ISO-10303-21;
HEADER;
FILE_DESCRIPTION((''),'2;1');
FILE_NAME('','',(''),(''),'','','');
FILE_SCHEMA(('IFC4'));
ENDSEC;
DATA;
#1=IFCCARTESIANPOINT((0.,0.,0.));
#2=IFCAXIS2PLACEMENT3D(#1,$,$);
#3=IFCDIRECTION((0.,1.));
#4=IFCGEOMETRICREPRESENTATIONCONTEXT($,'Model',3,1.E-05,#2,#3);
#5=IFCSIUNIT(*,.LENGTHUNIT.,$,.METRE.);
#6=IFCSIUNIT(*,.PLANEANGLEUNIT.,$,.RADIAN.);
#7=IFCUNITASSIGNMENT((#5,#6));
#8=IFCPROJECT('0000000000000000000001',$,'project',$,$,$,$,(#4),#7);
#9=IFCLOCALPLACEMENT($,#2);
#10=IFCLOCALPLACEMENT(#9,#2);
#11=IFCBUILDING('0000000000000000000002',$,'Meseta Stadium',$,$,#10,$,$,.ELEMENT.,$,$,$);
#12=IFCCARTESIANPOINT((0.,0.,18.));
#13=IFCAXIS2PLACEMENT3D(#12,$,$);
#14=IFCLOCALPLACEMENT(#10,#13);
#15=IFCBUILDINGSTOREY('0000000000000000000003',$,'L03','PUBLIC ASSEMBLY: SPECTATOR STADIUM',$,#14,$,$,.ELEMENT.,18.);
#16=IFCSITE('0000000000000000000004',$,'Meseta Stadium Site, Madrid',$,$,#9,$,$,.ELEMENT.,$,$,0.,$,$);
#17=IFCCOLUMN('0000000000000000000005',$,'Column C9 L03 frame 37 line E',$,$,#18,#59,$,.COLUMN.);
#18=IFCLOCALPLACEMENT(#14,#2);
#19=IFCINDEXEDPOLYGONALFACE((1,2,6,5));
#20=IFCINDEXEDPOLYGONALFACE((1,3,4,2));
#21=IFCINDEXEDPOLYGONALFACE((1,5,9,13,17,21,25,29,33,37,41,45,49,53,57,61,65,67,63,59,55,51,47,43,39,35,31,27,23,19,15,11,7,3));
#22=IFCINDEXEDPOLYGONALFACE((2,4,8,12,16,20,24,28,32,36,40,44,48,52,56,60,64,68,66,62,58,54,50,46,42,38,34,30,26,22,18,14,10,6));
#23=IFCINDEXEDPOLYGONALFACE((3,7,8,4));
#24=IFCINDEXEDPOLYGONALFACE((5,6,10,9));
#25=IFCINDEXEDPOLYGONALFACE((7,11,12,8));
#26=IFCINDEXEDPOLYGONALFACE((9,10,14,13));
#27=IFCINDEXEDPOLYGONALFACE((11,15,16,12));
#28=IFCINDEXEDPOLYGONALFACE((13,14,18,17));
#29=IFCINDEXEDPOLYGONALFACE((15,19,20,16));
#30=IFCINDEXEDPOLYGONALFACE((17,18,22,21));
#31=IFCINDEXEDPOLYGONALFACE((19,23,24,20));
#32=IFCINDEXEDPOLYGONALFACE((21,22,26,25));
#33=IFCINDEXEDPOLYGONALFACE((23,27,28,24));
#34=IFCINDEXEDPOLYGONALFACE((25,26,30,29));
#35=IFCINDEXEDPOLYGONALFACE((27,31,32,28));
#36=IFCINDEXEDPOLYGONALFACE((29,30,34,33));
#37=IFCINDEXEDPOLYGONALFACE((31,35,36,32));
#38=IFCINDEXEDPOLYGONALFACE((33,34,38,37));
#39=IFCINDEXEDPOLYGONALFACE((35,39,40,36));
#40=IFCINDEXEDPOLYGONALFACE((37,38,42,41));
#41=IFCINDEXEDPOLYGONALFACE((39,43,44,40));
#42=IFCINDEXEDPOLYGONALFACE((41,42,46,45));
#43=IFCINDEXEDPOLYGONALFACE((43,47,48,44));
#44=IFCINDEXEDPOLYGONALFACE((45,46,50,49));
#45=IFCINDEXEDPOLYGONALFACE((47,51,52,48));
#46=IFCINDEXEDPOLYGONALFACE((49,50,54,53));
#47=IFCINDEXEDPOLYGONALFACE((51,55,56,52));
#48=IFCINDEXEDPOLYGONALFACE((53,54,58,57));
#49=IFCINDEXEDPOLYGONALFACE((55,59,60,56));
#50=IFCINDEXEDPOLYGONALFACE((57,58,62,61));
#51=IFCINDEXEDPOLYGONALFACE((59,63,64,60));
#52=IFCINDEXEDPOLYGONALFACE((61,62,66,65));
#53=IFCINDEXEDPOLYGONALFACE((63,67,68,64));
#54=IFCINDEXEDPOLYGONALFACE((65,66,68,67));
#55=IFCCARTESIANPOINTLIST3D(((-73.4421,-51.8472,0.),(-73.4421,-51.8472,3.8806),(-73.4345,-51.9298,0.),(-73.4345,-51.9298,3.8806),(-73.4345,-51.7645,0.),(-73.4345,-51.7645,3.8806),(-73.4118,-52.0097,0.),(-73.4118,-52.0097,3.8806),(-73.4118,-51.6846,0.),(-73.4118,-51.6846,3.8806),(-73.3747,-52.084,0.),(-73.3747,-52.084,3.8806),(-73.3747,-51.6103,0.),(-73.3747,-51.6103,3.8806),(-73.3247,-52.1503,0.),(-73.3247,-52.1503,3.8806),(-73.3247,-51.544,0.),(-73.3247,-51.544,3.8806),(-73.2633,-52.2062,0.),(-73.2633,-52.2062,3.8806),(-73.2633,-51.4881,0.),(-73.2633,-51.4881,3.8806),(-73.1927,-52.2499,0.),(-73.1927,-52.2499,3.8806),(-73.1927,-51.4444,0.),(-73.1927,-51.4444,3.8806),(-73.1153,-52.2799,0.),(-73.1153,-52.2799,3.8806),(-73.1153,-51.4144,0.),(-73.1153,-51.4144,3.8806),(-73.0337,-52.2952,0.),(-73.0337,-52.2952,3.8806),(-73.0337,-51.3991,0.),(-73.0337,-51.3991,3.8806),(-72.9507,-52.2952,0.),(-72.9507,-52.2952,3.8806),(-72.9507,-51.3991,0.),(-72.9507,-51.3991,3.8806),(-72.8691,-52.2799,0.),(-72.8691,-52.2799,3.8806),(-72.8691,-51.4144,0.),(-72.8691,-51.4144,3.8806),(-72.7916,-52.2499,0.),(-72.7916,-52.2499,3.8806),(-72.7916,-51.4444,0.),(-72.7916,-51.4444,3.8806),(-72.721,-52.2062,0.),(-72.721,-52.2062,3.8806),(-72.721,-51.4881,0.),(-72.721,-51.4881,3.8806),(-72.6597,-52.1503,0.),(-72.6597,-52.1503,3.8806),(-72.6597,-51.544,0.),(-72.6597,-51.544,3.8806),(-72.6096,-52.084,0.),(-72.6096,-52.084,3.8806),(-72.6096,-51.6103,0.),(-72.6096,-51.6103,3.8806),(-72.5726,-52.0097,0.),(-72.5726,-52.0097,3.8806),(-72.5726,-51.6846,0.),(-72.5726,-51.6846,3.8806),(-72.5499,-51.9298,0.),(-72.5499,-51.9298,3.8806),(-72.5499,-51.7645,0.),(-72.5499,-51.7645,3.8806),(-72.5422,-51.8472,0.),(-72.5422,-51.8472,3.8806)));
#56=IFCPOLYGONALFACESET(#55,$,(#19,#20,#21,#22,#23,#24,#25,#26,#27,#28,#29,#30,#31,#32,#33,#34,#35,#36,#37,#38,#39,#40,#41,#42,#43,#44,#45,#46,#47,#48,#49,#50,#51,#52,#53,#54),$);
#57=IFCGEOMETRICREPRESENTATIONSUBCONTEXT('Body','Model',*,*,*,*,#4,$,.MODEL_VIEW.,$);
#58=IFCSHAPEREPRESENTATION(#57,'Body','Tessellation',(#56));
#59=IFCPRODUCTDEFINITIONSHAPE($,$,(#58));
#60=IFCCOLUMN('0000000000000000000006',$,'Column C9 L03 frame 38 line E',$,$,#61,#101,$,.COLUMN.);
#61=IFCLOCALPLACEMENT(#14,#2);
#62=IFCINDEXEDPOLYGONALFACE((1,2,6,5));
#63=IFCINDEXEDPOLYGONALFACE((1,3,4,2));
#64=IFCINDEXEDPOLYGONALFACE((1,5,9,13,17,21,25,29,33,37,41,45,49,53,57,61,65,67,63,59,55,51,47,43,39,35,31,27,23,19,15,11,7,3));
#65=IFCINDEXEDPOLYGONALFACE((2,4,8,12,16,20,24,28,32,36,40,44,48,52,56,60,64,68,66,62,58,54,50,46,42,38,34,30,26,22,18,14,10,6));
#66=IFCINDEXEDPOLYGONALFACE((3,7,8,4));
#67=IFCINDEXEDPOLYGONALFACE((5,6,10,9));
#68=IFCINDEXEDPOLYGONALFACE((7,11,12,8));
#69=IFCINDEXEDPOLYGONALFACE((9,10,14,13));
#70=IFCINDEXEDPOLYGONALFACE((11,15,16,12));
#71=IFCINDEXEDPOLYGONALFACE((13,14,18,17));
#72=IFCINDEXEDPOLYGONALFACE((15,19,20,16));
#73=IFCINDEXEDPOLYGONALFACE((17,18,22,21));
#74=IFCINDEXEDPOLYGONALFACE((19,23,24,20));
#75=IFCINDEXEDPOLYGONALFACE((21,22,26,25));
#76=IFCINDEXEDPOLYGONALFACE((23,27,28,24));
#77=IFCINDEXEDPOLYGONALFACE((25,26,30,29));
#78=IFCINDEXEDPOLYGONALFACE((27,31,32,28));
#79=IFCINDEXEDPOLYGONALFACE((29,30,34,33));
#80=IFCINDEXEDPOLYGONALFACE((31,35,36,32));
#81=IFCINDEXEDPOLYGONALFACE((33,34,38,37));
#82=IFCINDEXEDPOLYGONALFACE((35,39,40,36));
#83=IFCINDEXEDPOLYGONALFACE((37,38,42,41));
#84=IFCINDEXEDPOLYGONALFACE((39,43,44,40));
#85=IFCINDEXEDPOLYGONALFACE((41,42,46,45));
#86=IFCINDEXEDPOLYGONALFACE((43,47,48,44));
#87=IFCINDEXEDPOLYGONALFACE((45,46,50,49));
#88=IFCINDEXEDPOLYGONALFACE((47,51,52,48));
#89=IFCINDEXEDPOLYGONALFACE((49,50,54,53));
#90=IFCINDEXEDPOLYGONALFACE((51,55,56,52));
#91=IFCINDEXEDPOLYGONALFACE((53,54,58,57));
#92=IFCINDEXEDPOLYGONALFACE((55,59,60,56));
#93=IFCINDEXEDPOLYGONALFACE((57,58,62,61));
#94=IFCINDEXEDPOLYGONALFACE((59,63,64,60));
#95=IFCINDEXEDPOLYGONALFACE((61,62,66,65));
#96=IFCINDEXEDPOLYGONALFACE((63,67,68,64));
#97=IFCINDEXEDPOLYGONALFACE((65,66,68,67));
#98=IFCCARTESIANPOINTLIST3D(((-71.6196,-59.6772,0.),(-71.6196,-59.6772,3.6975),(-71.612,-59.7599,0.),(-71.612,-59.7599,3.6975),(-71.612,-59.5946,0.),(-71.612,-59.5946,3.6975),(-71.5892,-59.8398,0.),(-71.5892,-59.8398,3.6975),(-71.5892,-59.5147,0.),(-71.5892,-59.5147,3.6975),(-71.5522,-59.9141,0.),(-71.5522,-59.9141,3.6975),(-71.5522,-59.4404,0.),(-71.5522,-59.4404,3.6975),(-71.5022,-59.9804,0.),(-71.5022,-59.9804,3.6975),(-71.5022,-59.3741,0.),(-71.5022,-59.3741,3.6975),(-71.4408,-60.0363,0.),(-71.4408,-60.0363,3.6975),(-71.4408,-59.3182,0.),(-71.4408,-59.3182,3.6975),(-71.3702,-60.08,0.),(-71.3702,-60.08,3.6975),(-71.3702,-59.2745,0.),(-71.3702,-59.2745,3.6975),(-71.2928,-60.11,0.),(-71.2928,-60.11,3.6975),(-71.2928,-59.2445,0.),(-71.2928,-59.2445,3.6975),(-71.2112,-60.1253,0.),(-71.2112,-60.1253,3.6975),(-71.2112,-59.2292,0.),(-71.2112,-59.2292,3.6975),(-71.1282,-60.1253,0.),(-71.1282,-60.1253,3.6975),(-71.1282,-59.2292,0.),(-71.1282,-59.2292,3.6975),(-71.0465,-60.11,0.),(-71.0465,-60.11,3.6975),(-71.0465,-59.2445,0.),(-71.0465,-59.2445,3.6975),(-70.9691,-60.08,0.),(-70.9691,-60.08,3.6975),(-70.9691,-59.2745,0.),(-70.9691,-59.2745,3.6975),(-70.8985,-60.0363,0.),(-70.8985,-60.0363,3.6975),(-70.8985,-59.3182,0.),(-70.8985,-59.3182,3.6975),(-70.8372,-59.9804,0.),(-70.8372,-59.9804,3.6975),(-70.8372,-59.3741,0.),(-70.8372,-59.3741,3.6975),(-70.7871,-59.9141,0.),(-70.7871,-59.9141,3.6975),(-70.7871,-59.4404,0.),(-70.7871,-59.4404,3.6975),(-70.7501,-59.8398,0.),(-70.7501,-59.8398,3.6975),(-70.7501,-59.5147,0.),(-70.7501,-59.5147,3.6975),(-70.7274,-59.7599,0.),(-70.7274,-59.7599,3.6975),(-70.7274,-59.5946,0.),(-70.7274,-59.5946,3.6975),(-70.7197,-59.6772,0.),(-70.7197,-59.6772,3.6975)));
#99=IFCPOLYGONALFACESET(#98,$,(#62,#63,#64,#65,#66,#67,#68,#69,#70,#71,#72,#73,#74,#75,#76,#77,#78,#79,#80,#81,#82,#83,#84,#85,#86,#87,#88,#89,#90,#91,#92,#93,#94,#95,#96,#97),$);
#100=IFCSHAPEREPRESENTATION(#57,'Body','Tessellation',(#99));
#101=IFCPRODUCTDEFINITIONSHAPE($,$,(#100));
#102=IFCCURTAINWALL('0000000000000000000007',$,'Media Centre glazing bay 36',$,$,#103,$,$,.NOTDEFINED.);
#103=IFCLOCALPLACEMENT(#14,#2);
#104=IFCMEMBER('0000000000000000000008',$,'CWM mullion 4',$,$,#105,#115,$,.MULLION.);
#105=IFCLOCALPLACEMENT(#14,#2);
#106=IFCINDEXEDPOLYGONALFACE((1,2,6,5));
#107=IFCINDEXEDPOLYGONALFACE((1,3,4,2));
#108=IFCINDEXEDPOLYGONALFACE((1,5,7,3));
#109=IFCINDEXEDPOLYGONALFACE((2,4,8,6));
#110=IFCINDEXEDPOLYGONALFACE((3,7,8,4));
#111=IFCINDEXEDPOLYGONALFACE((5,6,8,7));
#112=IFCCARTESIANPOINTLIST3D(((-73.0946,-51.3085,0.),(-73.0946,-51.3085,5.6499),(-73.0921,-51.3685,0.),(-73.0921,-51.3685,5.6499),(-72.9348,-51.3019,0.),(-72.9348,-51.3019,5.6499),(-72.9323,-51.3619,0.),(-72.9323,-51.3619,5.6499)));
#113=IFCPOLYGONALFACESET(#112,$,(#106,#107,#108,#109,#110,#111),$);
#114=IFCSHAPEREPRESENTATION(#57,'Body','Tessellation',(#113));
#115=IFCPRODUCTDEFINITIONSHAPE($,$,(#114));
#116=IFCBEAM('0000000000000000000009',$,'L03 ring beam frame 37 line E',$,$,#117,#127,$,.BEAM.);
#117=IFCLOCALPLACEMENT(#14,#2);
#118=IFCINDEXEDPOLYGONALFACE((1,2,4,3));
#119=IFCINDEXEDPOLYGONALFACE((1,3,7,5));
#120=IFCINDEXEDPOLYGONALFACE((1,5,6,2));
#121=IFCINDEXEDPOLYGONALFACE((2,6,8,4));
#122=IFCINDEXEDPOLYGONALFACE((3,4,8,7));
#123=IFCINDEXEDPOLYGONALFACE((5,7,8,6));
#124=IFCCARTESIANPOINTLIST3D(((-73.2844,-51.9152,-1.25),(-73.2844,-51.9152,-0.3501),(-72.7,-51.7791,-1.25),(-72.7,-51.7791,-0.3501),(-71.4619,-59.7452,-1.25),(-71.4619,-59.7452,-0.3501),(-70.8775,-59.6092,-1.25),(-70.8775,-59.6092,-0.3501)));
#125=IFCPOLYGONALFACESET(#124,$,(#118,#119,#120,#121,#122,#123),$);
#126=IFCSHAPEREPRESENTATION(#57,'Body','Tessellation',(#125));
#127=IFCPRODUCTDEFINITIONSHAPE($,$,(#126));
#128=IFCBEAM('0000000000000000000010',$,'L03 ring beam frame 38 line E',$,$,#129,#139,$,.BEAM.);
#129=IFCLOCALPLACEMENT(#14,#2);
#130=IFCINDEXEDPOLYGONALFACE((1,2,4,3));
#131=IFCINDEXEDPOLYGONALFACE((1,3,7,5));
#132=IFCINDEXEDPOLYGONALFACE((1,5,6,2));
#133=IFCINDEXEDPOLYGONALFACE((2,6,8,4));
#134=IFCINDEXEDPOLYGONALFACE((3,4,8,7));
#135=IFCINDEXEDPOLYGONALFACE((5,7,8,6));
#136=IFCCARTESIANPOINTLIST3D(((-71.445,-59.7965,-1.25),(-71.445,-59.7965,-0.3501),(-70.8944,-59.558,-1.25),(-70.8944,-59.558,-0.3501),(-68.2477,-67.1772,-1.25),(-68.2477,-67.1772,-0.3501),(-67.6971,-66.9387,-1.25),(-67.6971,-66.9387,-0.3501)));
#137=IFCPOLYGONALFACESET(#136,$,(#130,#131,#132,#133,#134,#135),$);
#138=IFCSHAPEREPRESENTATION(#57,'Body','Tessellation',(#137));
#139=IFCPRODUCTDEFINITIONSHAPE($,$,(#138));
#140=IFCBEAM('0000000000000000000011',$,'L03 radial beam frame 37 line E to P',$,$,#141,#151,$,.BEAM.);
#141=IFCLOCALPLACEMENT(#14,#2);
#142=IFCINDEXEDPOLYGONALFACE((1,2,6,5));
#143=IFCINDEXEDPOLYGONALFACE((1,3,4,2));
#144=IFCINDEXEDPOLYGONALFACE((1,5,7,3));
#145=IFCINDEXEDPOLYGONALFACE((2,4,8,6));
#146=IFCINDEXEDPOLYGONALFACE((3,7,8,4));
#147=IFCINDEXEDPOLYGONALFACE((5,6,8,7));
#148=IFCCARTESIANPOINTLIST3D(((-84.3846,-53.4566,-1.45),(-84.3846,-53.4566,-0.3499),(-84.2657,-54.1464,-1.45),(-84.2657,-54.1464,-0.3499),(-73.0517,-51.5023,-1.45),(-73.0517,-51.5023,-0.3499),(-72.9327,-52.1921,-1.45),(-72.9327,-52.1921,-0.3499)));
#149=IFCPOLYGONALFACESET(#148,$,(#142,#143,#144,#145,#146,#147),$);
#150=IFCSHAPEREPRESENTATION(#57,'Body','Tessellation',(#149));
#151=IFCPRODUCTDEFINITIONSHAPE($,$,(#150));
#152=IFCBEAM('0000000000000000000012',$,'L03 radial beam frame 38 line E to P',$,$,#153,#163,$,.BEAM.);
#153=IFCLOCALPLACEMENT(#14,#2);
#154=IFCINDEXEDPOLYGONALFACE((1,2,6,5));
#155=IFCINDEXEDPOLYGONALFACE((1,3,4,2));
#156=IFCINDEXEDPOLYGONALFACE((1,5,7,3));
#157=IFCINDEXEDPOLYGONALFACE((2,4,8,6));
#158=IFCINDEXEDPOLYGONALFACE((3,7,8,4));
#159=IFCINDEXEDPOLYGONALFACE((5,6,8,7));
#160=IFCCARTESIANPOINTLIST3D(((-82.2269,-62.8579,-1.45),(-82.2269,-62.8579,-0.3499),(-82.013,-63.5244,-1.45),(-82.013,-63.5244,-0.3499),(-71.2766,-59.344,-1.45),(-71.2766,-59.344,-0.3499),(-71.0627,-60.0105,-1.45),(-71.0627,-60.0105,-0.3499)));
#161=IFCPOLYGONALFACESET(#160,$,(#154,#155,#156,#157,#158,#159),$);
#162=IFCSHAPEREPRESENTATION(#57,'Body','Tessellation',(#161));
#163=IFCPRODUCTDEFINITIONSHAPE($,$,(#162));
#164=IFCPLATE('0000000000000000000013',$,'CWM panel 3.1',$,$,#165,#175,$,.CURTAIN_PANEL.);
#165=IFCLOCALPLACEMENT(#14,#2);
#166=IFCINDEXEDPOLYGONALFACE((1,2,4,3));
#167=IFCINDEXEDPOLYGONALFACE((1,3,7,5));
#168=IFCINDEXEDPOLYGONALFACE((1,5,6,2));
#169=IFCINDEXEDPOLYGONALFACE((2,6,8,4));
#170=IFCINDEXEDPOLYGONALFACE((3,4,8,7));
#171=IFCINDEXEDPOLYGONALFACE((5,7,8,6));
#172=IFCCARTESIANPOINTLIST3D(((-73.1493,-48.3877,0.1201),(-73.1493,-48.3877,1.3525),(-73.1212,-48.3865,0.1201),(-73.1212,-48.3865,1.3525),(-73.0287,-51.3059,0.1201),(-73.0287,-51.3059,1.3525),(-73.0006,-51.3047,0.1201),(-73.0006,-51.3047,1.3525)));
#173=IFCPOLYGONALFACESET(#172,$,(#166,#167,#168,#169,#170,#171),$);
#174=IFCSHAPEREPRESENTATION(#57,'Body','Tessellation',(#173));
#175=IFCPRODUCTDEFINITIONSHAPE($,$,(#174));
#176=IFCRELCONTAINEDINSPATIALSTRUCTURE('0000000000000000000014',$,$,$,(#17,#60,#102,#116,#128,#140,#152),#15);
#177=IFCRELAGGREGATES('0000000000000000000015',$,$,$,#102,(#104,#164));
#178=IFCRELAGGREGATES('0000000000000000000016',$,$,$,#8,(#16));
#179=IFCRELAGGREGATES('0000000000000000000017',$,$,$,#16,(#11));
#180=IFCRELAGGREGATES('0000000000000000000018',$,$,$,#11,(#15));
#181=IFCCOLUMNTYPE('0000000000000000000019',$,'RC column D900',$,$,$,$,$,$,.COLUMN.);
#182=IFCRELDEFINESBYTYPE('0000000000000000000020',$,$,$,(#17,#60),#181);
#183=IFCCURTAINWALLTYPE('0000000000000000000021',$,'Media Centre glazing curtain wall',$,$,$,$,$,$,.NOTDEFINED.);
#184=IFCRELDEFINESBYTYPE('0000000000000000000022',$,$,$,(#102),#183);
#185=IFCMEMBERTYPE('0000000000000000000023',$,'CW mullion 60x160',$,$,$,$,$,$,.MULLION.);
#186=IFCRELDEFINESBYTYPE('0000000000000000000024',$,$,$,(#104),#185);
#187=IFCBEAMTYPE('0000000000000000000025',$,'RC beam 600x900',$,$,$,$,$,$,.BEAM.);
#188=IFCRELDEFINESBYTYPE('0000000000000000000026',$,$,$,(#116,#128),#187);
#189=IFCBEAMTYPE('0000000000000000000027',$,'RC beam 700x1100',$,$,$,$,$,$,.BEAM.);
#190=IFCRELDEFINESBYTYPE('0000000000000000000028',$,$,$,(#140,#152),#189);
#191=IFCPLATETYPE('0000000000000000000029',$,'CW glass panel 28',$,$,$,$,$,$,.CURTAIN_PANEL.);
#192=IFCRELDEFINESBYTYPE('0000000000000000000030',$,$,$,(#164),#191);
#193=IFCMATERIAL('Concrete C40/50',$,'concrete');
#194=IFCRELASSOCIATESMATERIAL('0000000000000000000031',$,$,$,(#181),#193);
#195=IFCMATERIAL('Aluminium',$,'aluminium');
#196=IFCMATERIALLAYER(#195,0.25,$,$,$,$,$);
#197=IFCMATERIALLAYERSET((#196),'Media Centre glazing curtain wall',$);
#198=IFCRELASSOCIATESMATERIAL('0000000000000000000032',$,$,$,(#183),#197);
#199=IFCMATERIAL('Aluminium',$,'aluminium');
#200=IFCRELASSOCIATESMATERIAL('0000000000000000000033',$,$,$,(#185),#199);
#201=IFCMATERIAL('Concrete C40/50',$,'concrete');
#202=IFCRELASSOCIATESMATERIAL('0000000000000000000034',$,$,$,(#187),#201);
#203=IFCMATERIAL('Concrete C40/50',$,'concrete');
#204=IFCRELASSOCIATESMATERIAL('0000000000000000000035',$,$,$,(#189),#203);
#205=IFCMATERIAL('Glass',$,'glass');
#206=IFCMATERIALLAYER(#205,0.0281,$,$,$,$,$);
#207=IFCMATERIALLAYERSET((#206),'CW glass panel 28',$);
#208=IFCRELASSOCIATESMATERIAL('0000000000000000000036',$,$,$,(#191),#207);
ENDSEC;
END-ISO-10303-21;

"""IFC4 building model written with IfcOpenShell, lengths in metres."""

from ifc_helpers import new_model, si_unit, direction, frame, origin, origin_2d, place, context, subcontext, project, spatial, rectangle, circle, extrude, material, layer, layer_set, material_profile, profile_set, type_object, element, aggregate, save


model = new_model("IFC4")

# Units and contexts
model_context = context("Model", 3, precision=1e-05, world=origin(), true_north=direction((0.0, 1.0)))
body_context = subcontext(model_context, "Body", "Model", "MODEL_VIEW")
ifc_project = project(units=[si_unit("LENGTHUNIT", "METRE"), si_unit("PLANEANGLEUNIT", "RADIAN")], contexts=[model_context])

# Site, building, storey
site_placement = place(None, origin())
site = spatial("IfcSite", under=ifc_project, at=site_placement, Name="Meseta Stadium Site, Madrid", CompositionType="ELEMENT", RefElevation=0.0)
building_placement = place(site_placement, origin())
building = spatial("IfcBuilding", under=site, at=building_placement, Name="Meseta Stadium", CompositionType="ELEMENT")
storey_placement = place(building_placement, frame((0.0, 0.0, 18.0)))
storey = spatial("IfcBuildingStorey", under=building, at=storey_placement, Name="L03", Description="PUBLIC ASSEMBLY: SPECTATOR STADIUM", CompositionType="ELEMENT", Elevation=18.0)

# Columns
ifc_material_1 = material(Name="Concrete C40/50", Category="concrete")
ifc_material_profile_1 = material_profile(ifc_material_1, circle(Radius=0.45, at=origin_2d()), Name="RC D900")
ifc_profile_set_1 = profile_set([ifc_material_profile_1], Name="Concrete C40/50")
column_type = type_object("IfcColumnType", Name="RC column D900", PredefinedType="COLUMN", material=ifc_profile_set_1)
column_1_placement = place(storey_placement, frame((-72.9922, -51.8472, 0.0), z_axis=(0.0, 0.0, 1.0), x_axis=(1.0, 0.0, 0.0)))
element("IfcColumn", 1, at=column_1_placement, inside=storey, type_object=column_type, Name="Column C9 L03 frame 37 line E", PredefinedType="COLUMN", context=body_context, shape_type="SweptSolid", body=[
    extrude(circle(Radius=0.45, at=origin_2d()), origin(), (0.0, 0.0, 1.0), 3.8806),
])
column_2_placement = place(storey_placement, frame((-71.1697, -59.6772, 0.0), z_axis=(0.0, 0.0, 1.0), x_axis=(1.0, 0.0, 0.0)))
element("IfcColumn", 2, at=column_2_placement, inside=storey, type_object=column_type, Name="Column C9 L03 frame 38 line E", PredefinedType="COLUMN", context=body_context, shape_type="SweptSolid", body=[
    extrude(circle(Radius=0.45, at=origin_2d()), origin(), (0.0, 0.0, 1.0), 3.6975),
])

# Curtain wall, member
ifc_material_2 = material(Name="Aluminium", Category="aluminium")
ifc_layer_1 = layer(ifc_material_2, 0.25)
ifc_layer_set_1 = layer_set([ifc_layer_1], Name="Media Centre glazing curtain wall")
curtain_wall_type = type_object("IfcCurtainWallType", Name="Media Centre glazing curtain wall", PredefinedType="NOTDEFINED", material=ifc_layer_set_1)
curtain_wall_placement = place(storey_placement, origin())
curtain_wall = element("IfcCurtainWall", 3, at=curtain_wall_placement, inside=storey, type_object=curtain_wall_type, Name="Media Centre glazing bay 36", PredefinedType="NOTDEFINED")
ifc_material_3 = material(Name="Aluminium", Category="aluminium")
ifc_material_profile_2 = material_profile(ifc_material_3, rectangle(XDim=0.1599, YDim=0.0601, at=origin_2d()), Name="CW 160x60")
ifc_profile_set_2 = profile_set([ifc_material_profile_2], Name="Aluminium")
member_type = type_object("IfcMemberType", Name="CW mullion 60x160", PredefinedType="MULLION", material=ifc_profile_set_2)
member_placement = place(storey_placement, frame((-73.0134, -51.3352, 0.0), z_axis=(0.0, 0.0, 1.0), x_axis=(0.999148, 0.041275, 0.0)))
member = element("IfcMember", 4, at=member_placement, type_object=member_type, Name="CWM mullion 4", PredefinedType="MULLION", context=body_context, shape_type="SweptSolid", body=[
    extrude(rectangle(XDim=0.1599, YDim=0.0601, at=origin_2d()), origin(), (0.0, 0.0, 1.0), 5.6499),
])

# Beams
ifc_material_4 = material(Name="Concrete C40/50", Category="concrete")
ifc_material_profile_3 = material_profile(ifc_material_4, rectangle(XDim=0.6001, YDim=0.8999, at=origin_2d()), Name="RC 600x900")
ifc_profile_set_3 = profile_set([ifc_material_profile_3], Name="Concrete C40/50")
beam_type_1 = type_object("IfcBeamType", Name="RC beam 600x900", PredefinedType="BEAM", material=ifc_profile_set_3)
beam_1_placement = place(storey_placement, frame((-72.9922, -51.8472, -0.8), z_axis=(0.226698, -0.973965, 0.0), x_axis=(0.973965, 0.226698, 0.0)))
element("IfcBeam", 5, at=beam_1_placement, inside=storey, type_object=beam_type_1, Name="L03 ring beam frame 37 line E", PredefinedType="BEAM", context=body_context, shape_type="SweptSolid", body=[
    extrude(rectangle(XDim=0.6001, YDim=0.8999, at=origin_2d()), origin(), (0.0, 0.0, 1.0), 8.0393),
])
beam_2_placement = place(storey_placement, frame((-71.1697, -59.6772, -0.8), z_axis=(0.397503, -0.917601, 0.0), x_axis=(0.917601, 0.397503, 0.0)))
element("IfcBeam", 6, at=beam_2_placement, inside=storey, type_object=beam_type_1, Name="L03 ring beam frame 38 line E", PredefinedType="BEAM", context=body_context, shape_type="SweptSolid", body=[
    extrude(rectangle(XDim=0.6001, YDim=0.8999, at=origin_2d()), origin(), (0.0, 0.0, 1.0), 8.0435),
])
ifc_material_5 = material(Name="Concrete C40/50", Category="concrete")
ifc_material_profile_4 = material_profile(ifc_material_5, rectangle(XDim=0.7, YDim=1.1001, at=origin_2d()), Name="RC 700x1100")
ifc_profile_set_4 = profile_set([ifc_material_profile_4], Name="Concrete C40/50")
beam_type_2 = type_object("IfcBeamType", Name="RC beam 700x1100", PredefinedType="BEAM", material=ifc_profile_set_4)
for number, where, z_axis, x_axis, name in (
    (7, (-72.9922, -51.8472, -0.8999), (-0.985455, -0.169939, 0.0), (0.169939, -0.985455, 0.0), "L03 radial beam frame 37 line E to P"),
    (8, (-71.1697, -59.6772, -0.8999), (-0.952175, -0.305553, 0.0), (0.305553, -0.952175, 0.0), "L03 radial beam frame 38 line E to P"),
):
    element("IfcBeam", number, at=place(storey_placement, frame(where, z_axis=z_axis, x_axis=x_axis)), inside=storey, type_object=beam_type_2, Name=name, PredefinedType="BEAM", context=body_context, shape_type="SweptSolid", body=[
        extrude(rectangle(XDim=0.7, YDim=1.1001, at=origin_2d()), origin(), (0.0, 0.0, 1.0), 11.5002),
    ])

# Plate
ifc_material_6 = material(Name="Glass", Category="glass")
ifc_layer_2 = layer(ifc_material_6, 0.0281)
ifc_layer_set_2 = layer_set([ifc_layer_2], Name="CW glass panel 28")
plate_type = type_object("IfcPlateType", Name="CW glass panel 28", PredefinedType="CURTAIN_PANEL", material=ifc_layer_set_2)
plate_placement = place(storey_placement, frame((-73.075, -49.8462, 0.1201), z_axis=(0.0, 0.0, 1.0), x_axis=(0.041275, -0.999148, 0.0)))
plate = element("IfcPlate", 9, at=plate_placement, type_object=plate_type, Name="CWM panel 3.1", PredefinedType="CURTAIN_PANEL", context=body_context, shape_type="SweptSolid", body=[
    extrude(rectangle(XDim=2.9207, YDim=0.0281, at=origin_2d()), origin(), (0.0, 0.0, 1.0), 1.2324),
])
aggregate(curtain_wall, [member, plate])

save(model, "model.ifc")
